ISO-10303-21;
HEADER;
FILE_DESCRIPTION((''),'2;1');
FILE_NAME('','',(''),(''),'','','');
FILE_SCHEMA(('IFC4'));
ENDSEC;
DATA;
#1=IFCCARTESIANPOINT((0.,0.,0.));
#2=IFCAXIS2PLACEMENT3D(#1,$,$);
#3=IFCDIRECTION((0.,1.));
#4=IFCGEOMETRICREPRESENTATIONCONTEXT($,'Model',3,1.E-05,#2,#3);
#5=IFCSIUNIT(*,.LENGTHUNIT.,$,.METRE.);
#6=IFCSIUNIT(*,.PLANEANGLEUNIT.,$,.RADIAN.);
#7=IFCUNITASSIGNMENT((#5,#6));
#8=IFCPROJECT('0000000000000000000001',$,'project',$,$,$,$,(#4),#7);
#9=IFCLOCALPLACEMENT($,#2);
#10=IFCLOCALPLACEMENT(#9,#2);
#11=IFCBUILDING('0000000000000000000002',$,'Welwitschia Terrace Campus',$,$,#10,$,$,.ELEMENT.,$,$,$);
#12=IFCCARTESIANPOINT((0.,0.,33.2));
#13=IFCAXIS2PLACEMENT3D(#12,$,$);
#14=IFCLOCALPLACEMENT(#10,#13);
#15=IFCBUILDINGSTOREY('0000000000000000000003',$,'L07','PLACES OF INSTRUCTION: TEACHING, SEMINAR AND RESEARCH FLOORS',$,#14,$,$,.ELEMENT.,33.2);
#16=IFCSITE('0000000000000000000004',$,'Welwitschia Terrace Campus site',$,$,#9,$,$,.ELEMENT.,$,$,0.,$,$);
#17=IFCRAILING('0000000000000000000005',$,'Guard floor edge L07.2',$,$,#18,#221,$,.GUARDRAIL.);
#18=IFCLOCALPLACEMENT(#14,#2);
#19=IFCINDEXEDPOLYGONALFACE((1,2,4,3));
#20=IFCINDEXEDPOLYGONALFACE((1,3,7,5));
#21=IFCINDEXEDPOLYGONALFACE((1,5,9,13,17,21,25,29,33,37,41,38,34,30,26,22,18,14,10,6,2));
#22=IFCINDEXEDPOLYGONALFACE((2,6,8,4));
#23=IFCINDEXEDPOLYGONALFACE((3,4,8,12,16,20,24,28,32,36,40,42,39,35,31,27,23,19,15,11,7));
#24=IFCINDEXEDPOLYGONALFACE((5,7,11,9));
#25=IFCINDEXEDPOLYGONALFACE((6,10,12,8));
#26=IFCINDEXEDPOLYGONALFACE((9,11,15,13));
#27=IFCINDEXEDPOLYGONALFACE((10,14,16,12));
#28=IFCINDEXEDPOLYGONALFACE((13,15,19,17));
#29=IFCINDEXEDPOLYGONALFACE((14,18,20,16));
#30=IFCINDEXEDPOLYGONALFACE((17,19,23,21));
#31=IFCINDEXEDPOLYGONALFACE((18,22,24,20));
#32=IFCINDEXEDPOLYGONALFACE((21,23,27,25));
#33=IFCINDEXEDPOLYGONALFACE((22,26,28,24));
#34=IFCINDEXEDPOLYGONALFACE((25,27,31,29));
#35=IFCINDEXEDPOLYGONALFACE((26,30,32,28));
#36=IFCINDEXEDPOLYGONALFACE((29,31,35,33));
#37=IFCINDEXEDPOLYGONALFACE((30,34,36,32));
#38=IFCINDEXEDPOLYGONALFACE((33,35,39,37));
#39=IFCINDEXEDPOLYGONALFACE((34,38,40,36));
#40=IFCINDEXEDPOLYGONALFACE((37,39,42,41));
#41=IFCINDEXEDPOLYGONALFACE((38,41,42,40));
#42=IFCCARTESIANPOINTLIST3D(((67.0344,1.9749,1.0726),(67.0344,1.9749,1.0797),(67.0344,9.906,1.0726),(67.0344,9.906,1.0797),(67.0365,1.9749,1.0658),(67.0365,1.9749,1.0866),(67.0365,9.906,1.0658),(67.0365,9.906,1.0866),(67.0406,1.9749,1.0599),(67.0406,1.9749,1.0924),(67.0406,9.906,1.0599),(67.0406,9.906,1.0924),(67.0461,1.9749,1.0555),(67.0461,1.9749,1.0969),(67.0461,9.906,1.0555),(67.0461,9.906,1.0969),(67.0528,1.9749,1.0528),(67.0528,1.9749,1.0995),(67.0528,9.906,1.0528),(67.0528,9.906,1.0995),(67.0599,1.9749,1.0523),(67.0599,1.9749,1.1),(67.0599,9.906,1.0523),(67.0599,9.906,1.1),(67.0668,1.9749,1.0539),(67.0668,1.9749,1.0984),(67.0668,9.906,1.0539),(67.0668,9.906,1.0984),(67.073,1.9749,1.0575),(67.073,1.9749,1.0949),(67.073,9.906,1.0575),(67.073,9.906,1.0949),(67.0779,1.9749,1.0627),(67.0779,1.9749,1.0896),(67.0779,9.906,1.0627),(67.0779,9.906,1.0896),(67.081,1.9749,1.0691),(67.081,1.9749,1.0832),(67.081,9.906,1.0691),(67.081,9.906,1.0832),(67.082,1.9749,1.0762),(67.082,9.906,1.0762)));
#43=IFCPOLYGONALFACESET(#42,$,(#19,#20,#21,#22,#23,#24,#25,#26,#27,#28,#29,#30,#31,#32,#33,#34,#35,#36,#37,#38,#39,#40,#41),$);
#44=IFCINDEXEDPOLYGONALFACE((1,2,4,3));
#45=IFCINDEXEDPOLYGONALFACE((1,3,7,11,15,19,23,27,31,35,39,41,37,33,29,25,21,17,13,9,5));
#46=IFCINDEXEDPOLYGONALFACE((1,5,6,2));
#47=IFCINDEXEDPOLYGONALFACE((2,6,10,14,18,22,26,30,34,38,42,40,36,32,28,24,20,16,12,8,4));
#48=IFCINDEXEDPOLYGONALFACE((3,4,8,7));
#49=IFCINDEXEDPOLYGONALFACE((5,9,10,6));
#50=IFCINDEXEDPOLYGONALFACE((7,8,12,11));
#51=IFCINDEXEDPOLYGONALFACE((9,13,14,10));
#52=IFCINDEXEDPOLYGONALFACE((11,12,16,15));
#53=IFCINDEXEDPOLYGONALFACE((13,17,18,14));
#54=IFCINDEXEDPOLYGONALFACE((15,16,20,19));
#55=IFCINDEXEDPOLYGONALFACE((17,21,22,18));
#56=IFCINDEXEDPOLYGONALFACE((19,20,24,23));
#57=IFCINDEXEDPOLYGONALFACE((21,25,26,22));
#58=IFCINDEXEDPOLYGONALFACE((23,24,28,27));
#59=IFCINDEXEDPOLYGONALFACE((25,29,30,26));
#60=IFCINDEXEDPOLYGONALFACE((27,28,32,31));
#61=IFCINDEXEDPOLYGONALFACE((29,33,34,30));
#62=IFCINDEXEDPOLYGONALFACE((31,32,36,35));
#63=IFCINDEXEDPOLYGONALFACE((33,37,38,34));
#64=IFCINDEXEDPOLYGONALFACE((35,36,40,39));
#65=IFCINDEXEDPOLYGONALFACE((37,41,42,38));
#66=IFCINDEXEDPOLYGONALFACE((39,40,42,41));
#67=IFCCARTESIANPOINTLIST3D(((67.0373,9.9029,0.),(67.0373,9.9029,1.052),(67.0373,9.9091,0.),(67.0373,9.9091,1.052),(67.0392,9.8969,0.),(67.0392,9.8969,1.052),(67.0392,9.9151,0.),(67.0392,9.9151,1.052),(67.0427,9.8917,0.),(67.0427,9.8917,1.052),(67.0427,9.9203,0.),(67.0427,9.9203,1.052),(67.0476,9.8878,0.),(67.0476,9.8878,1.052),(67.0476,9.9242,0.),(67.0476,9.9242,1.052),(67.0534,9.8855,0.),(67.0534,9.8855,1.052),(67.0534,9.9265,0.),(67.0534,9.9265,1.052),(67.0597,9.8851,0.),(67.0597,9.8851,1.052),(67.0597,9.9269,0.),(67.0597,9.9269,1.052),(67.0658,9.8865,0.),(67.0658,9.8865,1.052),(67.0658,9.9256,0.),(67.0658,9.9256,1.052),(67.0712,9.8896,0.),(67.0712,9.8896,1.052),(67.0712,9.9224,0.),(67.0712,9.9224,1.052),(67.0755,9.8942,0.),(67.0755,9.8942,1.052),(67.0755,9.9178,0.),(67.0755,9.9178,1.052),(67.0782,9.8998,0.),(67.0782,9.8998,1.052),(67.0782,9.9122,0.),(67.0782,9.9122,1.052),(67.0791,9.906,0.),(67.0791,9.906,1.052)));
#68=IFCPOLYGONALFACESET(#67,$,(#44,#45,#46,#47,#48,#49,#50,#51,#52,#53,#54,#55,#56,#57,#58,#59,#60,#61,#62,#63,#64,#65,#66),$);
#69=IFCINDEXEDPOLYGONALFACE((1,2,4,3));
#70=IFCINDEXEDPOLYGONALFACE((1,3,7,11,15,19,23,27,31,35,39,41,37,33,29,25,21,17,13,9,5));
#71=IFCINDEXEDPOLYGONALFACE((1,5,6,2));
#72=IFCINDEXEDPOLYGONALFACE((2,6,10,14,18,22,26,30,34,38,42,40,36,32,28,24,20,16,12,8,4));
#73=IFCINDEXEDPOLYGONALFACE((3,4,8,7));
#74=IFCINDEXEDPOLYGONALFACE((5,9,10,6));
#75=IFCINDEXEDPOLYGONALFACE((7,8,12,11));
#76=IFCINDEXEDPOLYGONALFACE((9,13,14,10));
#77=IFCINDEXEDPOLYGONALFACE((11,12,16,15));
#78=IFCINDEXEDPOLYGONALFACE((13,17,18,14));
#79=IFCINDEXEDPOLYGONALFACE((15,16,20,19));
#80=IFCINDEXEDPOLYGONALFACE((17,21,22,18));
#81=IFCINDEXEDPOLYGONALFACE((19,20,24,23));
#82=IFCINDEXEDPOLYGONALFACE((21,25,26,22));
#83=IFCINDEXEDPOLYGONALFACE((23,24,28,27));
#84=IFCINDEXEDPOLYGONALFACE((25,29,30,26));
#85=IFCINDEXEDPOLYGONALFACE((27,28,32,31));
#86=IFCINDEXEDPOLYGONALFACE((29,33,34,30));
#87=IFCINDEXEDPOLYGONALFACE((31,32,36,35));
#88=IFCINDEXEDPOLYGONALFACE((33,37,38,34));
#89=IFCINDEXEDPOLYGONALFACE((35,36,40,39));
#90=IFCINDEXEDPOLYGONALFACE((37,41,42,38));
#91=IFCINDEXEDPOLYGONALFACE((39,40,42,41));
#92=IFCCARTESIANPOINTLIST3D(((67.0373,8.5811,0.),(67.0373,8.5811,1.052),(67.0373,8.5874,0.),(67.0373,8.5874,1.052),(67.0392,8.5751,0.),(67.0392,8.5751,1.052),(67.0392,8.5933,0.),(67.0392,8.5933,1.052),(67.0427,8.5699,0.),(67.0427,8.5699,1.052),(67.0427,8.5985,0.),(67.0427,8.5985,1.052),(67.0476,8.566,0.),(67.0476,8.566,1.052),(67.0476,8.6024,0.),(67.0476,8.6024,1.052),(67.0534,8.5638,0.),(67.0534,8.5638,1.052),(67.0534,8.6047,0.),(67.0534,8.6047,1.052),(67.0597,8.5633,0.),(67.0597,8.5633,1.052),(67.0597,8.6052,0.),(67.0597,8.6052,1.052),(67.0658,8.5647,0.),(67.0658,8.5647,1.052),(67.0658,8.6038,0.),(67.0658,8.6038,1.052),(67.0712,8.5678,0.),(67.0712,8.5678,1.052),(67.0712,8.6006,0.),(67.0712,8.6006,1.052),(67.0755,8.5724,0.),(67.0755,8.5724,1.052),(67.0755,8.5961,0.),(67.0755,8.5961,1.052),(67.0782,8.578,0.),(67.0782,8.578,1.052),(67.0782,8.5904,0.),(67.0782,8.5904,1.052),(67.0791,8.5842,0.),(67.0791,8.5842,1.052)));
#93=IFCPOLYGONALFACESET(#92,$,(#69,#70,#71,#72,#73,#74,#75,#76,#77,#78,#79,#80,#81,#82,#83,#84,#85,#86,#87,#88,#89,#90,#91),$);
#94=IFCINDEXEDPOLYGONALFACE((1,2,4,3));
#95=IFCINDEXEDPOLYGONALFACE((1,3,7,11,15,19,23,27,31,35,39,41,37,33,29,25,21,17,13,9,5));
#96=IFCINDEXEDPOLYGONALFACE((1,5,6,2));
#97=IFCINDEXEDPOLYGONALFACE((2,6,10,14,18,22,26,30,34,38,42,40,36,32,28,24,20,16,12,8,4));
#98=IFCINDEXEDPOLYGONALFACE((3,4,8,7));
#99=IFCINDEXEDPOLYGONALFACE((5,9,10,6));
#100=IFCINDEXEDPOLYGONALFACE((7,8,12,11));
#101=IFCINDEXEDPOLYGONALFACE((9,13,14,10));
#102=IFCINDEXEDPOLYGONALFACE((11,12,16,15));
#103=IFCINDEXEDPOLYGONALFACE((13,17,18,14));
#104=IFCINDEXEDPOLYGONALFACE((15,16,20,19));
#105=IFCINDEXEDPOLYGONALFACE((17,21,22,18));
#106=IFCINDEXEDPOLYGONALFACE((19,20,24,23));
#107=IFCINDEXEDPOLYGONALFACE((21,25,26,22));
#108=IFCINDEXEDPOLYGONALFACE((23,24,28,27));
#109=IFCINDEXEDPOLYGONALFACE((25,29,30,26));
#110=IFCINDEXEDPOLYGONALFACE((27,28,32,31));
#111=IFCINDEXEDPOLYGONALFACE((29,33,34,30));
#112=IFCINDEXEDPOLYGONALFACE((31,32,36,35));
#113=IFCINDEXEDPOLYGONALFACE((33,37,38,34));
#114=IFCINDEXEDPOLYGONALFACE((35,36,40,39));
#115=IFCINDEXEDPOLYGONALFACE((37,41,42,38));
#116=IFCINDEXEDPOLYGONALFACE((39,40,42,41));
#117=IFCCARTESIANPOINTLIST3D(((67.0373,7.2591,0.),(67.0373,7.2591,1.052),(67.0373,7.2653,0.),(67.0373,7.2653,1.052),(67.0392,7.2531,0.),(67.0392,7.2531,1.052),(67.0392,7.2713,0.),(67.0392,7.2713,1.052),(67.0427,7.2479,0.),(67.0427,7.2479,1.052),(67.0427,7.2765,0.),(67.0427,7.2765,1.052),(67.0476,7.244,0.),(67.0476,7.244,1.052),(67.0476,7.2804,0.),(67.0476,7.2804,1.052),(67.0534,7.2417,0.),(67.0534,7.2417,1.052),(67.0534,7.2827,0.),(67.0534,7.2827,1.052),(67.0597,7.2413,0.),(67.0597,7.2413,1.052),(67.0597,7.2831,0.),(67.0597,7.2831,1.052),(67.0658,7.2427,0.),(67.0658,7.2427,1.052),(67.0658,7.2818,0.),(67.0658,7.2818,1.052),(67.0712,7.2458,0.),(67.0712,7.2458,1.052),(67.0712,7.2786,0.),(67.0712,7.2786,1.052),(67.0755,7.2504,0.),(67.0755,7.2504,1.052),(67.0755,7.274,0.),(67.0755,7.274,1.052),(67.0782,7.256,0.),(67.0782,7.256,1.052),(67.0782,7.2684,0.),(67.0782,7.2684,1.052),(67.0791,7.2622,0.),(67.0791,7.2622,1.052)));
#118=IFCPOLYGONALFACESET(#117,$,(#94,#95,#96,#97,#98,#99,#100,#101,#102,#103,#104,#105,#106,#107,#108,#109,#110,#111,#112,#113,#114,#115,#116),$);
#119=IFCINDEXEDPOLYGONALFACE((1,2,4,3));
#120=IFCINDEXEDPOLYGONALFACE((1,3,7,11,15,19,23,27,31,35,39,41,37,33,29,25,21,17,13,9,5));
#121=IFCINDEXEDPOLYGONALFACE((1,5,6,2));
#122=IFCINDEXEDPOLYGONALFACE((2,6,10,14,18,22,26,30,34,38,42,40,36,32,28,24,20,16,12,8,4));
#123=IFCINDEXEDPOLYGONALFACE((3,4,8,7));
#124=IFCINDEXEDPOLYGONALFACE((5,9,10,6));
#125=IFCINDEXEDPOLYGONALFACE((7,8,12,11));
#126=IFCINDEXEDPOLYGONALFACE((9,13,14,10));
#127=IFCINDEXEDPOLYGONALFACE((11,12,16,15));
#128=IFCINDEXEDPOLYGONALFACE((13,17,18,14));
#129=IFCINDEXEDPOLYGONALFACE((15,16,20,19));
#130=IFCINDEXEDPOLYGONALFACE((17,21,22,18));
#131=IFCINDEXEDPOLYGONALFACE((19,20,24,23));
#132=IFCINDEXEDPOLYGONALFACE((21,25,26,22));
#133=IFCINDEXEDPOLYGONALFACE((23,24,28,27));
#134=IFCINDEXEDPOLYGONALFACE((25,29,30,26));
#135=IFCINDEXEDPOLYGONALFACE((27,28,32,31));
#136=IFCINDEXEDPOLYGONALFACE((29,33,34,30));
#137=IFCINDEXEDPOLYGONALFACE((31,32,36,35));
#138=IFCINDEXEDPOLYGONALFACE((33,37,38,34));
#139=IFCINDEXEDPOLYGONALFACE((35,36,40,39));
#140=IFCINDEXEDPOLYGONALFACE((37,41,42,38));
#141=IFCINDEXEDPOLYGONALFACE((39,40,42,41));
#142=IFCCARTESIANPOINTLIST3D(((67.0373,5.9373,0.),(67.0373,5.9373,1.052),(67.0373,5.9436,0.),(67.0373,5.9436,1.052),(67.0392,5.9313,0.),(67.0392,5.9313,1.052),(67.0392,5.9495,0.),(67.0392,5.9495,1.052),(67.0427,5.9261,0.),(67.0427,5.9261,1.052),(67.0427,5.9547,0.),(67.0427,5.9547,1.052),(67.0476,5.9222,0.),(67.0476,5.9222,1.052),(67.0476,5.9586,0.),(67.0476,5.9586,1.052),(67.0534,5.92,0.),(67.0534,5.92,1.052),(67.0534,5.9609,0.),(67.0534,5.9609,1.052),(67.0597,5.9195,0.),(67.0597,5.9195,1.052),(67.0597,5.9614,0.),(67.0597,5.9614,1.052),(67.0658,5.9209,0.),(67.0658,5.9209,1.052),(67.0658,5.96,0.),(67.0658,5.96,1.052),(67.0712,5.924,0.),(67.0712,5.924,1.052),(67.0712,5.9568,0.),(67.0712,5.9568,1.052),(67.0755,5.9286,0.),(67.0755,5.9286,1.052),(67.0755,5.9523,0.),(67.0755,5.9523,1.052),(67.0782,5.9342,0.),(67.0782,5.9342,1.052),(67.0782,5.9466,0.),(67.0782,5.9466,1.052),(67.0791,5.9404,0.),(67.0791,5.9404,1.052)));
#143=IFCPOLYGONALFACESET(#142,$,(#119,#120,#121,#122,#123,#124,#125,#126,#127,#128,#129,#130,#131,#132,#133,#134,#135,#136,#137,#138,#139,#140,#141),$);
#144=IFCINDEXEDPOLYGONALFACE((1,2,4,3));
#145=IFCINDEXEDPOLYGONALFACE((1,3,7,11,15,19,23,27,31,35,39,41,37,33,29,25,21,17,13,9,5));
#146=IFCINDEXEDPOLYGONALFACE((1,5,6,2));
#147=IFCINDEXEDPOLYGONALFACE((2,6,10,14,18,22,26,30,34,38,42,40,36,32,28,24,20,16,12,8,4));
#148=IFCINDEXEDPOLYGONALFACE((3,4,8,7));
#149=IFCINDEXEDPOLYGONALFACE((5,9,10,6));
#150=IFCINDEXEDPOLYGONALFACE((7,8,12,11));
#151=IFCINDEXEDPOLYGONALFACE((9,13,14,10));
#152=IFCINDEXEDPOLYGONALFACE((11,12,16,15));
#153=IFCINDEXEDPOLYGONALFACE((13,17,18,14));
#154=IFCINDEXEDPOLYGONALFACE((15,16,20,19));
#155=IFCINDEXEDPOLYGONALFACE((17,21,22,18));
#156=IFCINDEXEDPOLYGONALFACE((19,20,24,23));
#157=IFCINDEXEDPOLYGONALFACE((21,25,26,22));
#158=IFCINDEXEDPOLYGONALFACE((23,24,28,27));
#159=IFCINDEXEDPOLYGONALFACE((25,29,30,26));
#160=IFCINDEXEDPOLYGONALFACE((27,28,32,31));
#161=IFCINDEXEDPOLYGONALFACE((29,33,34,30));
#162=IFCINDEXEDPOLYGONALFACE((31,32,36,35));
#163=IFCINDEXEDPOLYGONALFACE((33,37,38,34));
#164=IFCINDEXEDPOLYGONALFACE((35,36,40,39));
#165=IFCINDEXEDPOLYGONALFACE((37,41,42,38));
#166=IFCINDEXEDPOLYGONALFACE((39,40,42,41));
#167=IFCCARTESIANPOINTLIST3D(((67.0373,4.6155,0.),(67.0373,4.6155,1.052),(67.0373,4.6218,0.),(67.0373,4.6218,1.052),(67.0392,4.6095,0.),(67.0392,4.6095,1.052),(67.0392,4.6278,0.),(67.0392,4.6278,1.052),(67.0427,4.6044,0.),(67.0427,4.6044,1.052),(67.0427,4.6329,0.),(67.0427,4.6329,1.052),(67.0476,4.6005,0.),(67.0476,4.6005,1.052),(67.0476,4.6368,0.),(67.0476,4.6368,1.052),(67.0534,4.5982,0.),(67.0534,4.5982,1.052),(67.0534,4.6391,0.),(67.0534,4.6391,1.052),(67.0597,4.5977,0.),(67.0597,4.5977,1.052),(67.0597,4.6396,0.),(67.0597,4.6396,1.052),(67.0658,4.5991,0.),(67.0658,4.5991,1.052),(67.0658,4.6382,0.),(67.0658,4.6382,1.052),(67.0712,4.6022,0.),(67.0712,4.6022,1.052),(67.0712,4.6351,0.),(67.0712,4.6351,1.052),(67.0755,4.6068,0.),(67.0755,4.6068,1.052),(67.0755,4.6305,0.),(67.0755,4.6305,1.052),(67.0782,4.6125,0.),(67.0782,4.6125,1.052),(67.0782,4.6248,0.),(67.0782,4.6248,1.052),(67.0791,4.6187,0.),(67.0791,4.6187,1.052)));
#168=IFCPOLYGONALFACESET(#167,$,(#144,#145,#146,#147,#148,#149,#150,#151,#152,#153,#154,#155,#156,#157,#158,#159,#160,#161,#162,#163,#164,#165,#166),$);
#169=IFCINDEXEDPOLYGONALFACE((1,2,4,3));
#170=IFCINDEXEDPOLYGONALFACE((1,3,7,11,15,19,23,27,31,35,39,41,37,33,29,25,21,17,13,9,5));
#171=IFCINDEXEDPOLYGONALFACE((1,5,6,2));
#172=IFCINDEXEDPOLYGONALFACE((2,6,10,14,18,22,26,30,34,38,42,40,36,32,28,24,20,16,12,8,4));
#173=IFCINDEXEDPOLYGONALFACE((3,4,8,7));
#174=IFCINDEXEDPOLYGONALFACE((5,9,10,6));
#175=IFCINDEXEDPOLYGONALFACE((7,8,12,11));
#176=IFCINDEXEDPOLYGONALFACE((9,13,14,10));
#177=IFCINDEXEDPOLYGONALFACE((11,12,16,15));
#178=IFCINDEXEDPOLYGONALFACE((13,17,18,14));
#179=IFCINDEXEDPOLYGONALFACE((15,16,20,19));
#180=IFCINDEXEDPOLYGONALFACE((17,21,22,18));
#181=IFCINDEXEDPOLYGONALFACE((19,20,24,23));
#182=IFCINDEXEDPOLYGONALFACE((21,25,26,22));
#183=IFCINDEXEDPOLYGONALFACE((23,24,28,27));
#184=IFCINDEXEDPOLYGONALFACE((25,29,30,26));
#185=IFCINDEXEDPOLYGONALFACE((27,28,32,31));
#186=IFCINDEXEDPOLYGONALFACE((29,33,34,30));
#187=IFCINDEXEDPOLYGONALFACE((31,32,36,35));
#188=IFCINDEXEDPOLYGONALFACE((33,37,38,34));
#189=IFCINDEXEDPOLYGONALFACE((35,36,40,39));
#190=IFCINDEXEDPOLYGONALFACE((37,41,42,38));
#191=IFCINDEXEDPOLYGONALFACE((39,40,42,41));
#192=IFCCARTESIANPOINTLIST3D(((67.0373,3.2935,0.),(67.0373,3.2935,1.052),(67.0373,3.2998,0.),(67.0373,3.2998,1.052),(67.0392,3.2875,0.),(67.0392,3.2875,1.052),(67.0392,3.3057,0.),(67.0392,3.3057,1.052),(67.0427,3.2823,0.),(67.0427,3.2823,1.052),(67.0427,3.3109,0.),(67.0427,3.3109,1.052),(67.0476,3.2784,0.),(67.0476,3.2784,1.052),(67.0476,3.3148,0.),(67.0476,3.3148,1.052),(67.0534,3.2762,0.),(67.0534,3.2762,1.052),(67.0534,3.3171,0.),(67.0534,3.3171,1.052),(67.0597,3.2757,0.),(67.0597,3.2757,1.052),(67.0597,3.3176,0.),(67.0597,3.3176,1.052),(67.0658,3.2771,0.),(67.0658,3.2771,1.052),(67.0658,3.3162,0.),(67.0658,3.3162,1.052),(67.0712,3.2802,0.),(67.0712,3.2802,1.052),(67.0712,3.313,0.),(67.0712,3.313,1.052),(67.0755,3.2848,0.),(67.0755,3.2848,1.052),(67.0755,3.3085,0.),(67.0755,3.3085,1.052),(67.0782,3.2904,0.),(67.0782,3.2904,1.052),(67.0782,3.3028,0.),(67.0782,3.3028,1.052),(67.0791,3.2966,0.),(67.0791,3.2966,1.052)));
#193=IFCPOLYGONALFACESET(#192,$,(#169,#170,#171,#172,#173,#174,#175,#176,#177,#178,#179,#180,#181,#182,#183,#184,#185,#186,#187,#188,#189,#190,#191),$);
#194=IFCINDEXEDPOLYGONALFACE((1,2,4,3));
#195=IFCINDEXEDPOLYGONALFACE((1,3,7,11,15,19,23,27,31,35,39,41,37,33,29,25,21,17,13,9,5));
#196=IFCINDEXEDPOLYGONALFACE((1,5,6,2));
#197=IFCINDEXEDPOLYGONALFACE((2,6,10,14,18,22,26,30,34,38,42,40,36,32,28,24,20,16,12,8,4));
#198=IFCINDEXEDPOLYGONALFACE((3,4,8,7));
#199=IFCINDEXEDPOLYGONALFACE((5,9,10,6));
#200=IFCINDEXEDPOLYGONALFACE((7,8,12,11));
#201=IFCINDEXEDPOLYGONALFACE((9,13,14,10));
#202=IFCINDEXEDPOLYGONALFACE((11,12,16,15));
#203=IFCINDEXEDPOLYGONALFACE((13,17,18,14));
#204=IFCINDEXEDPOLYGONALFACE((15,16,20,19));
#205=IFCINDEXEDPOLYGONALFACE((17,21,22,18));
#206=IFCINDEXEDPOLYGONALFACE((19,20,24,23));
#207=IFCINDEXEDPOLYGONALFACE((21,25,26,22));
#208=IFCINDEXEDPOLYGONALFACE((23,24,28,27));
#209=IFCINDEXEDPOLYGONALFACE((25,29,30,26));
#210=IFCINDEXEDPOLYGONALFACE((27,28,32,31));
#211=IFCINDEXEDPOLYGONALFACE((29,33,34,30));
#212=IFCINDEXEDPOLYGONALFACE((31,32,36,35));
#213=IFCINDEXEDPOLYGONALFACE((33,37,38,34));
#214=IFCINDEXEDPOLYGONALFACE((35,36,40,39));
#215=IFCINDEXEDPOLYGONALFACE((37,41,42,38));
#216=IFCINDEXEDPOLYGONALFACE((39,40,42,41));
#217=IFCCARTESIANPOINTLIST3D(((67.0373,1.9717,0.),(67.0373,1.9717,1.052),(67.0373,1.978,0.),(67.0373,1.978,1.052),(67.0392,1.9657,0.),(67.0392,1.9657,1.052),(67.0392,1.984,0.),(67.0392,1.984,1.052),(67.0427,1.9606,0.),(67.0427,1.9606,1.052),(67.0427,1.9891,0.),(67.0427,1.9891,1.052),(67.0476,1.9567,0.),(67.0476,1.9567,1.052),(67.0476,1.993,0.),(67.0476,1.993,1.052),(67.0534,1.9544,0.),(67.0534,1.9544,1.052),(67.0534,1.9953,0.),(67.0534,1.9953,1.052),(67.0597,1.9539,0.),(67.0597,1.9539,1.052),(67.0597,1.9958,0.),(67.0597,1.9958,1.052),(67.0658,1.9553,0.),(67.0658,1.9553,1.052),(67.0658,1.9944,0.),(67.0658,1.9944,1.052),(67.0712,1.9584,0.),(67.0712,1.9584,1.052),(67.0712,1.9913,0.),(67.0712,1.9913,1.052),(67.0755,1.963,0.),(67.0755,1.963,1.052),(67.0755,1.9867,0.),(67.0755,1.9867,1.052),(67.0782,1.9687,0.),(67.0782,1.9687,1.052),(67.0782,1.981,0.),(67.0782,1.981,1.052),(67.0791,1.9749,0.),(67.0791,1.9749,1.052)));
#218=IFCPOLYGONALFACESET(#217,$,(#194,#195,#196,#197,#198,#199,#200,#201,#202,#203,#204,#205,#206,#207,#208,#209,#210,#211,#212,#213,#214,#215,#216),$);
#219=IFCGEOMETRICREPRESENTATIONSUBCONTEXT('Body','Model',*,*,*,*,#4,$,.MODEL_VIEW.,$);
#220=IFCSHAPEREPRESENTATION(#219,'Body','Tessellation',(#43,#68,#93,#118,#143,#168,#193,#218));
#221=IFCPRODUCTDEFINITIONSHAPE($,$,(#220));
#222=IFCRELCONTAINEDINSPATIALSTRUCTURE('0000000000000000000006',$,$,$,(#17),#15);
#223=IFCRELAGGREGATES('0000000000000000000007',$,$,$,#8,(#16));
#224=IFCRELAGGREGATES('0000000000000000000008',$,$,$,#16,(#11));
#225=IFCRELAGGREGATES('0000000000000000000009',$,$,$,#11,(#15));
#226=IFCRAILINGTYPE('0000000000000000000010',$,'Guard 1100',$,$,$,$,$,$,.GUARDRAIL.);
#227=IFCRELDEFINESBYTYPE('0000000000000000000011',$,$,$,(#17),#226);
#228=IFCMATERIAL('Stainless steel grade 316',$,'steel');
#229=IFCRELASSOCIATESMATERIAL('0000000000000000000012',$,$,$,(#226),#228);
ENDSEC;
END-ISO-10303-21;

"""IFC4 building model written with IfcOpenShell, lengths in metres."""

from ifc_helpers import new_model, si_unit, direction, frame, origin, origin_2d, place, context, subcontext, project, spatial, circle, extrude, material, type_object, element, save


model = new_model("IFC4")

# Units and contexts
model_context = context("Model", 3, precision=1e-05, world=origin(), true_north=direction((0.0, 1.0)))
body_context = subcontext(model_context, "Body", "Model", "MODEL_VIEW")
ifc_project = project(units=[si_unit("LENGTHUNIT", "METRE"), si_unit("PLANEANGLEUNIT", "RADIAN")], contexts=[model_context])

# Site, building, storey
site_placement = place(None, origin())
site = spatial("IfcSite", under=ifc_project, at=site_placement, Name="Welwitschia Terrace Campus site", CompositionType="ELEMENT", RefElevation=0.0)
building_placement = place(site_placement, origin())
building = spatial("IfcBuilding", under=site, at=building_placement, Name="Welwitschia Terrace Campus", CompositionType="ELEMENT")
storey_placement = place(building_placement, frame((0.0, 0.0, 33.2)))
storey = spatial("IfcBuildingStorey", under=building, at=storey_placement, Name="L07", Description="PLACES OF INSTRUCTION: TEACHING, SEMINAR AND RESEARCH FLOORS", CompositionType="ELEMENT", Elevation=33.2)

# Railing
ifc_material_1 = material(Name="Stainless steel grade 316", Category="steel")
railing_type = type_object("IfcRailingType", Name="Guard 1100", PredefinedType="GUARDRAIL", material=ifc_material_1)
railing_1_placement = place(storey_placement, frame((67.0581, 9.906, 0.0)))
element("IfcRailing", 1, at=railing_1_placement, inside=storey, type_object=railing_type, Name="Guard floor edge L07.2", PredefinedType="GUARDRAIL", context=body_context, shape_type="SweptSolid", body=[
    extrude(circle(Radius=0.0239, at=origin_2d()), frame((0.0, 0.0, 1.0762), z_axis=(0.0, -1.0, 0.0), x_axis=(1.0, 0.0, 0.0)), (0.0, 0.0, 1.0), 7.9312),
    extrude(circle(Radius=0.021, at=origin_2d()), origin(), (0.0, 0.0, 1.0), 1.052),
    extrude(circle(Radius=0.021, at=origin_2d()), frame((0.0, -1.3218, 0.0)), (0.0, 0.0, 1.0), 1.052),
    extrude(circle(Radius=0.021, at=origin_2d()), frame((0.0, -2.6438, 0.0)), (0.0, 0.0, 1.0), 1.052),
    extrude(circle(Radius=0.021, at=origin_2d()), frame((0.0, -3.9656, 0.0)), (0.0, 0.0, 1.0), 1.052),
    extrude(circle(Radius=0.021, at=origin_2d()), frame((0.0, -5.2874, 0.0)), (0.0, 0.0, 1.0), 1.052),
    extrude(circle(Radius=0.021, at=origin_2d()), frame((0.0, -6.6094, 0.0)), (0.0, 0.0, 1.0), 1.052),
    extrude(circle(Radius=0.021, at=origin_2d()), frame((0.0, -7.9312, 0.0)), (0.0, 0.0, 1.0), 1.052),
])

save(model, "model.ifc")
